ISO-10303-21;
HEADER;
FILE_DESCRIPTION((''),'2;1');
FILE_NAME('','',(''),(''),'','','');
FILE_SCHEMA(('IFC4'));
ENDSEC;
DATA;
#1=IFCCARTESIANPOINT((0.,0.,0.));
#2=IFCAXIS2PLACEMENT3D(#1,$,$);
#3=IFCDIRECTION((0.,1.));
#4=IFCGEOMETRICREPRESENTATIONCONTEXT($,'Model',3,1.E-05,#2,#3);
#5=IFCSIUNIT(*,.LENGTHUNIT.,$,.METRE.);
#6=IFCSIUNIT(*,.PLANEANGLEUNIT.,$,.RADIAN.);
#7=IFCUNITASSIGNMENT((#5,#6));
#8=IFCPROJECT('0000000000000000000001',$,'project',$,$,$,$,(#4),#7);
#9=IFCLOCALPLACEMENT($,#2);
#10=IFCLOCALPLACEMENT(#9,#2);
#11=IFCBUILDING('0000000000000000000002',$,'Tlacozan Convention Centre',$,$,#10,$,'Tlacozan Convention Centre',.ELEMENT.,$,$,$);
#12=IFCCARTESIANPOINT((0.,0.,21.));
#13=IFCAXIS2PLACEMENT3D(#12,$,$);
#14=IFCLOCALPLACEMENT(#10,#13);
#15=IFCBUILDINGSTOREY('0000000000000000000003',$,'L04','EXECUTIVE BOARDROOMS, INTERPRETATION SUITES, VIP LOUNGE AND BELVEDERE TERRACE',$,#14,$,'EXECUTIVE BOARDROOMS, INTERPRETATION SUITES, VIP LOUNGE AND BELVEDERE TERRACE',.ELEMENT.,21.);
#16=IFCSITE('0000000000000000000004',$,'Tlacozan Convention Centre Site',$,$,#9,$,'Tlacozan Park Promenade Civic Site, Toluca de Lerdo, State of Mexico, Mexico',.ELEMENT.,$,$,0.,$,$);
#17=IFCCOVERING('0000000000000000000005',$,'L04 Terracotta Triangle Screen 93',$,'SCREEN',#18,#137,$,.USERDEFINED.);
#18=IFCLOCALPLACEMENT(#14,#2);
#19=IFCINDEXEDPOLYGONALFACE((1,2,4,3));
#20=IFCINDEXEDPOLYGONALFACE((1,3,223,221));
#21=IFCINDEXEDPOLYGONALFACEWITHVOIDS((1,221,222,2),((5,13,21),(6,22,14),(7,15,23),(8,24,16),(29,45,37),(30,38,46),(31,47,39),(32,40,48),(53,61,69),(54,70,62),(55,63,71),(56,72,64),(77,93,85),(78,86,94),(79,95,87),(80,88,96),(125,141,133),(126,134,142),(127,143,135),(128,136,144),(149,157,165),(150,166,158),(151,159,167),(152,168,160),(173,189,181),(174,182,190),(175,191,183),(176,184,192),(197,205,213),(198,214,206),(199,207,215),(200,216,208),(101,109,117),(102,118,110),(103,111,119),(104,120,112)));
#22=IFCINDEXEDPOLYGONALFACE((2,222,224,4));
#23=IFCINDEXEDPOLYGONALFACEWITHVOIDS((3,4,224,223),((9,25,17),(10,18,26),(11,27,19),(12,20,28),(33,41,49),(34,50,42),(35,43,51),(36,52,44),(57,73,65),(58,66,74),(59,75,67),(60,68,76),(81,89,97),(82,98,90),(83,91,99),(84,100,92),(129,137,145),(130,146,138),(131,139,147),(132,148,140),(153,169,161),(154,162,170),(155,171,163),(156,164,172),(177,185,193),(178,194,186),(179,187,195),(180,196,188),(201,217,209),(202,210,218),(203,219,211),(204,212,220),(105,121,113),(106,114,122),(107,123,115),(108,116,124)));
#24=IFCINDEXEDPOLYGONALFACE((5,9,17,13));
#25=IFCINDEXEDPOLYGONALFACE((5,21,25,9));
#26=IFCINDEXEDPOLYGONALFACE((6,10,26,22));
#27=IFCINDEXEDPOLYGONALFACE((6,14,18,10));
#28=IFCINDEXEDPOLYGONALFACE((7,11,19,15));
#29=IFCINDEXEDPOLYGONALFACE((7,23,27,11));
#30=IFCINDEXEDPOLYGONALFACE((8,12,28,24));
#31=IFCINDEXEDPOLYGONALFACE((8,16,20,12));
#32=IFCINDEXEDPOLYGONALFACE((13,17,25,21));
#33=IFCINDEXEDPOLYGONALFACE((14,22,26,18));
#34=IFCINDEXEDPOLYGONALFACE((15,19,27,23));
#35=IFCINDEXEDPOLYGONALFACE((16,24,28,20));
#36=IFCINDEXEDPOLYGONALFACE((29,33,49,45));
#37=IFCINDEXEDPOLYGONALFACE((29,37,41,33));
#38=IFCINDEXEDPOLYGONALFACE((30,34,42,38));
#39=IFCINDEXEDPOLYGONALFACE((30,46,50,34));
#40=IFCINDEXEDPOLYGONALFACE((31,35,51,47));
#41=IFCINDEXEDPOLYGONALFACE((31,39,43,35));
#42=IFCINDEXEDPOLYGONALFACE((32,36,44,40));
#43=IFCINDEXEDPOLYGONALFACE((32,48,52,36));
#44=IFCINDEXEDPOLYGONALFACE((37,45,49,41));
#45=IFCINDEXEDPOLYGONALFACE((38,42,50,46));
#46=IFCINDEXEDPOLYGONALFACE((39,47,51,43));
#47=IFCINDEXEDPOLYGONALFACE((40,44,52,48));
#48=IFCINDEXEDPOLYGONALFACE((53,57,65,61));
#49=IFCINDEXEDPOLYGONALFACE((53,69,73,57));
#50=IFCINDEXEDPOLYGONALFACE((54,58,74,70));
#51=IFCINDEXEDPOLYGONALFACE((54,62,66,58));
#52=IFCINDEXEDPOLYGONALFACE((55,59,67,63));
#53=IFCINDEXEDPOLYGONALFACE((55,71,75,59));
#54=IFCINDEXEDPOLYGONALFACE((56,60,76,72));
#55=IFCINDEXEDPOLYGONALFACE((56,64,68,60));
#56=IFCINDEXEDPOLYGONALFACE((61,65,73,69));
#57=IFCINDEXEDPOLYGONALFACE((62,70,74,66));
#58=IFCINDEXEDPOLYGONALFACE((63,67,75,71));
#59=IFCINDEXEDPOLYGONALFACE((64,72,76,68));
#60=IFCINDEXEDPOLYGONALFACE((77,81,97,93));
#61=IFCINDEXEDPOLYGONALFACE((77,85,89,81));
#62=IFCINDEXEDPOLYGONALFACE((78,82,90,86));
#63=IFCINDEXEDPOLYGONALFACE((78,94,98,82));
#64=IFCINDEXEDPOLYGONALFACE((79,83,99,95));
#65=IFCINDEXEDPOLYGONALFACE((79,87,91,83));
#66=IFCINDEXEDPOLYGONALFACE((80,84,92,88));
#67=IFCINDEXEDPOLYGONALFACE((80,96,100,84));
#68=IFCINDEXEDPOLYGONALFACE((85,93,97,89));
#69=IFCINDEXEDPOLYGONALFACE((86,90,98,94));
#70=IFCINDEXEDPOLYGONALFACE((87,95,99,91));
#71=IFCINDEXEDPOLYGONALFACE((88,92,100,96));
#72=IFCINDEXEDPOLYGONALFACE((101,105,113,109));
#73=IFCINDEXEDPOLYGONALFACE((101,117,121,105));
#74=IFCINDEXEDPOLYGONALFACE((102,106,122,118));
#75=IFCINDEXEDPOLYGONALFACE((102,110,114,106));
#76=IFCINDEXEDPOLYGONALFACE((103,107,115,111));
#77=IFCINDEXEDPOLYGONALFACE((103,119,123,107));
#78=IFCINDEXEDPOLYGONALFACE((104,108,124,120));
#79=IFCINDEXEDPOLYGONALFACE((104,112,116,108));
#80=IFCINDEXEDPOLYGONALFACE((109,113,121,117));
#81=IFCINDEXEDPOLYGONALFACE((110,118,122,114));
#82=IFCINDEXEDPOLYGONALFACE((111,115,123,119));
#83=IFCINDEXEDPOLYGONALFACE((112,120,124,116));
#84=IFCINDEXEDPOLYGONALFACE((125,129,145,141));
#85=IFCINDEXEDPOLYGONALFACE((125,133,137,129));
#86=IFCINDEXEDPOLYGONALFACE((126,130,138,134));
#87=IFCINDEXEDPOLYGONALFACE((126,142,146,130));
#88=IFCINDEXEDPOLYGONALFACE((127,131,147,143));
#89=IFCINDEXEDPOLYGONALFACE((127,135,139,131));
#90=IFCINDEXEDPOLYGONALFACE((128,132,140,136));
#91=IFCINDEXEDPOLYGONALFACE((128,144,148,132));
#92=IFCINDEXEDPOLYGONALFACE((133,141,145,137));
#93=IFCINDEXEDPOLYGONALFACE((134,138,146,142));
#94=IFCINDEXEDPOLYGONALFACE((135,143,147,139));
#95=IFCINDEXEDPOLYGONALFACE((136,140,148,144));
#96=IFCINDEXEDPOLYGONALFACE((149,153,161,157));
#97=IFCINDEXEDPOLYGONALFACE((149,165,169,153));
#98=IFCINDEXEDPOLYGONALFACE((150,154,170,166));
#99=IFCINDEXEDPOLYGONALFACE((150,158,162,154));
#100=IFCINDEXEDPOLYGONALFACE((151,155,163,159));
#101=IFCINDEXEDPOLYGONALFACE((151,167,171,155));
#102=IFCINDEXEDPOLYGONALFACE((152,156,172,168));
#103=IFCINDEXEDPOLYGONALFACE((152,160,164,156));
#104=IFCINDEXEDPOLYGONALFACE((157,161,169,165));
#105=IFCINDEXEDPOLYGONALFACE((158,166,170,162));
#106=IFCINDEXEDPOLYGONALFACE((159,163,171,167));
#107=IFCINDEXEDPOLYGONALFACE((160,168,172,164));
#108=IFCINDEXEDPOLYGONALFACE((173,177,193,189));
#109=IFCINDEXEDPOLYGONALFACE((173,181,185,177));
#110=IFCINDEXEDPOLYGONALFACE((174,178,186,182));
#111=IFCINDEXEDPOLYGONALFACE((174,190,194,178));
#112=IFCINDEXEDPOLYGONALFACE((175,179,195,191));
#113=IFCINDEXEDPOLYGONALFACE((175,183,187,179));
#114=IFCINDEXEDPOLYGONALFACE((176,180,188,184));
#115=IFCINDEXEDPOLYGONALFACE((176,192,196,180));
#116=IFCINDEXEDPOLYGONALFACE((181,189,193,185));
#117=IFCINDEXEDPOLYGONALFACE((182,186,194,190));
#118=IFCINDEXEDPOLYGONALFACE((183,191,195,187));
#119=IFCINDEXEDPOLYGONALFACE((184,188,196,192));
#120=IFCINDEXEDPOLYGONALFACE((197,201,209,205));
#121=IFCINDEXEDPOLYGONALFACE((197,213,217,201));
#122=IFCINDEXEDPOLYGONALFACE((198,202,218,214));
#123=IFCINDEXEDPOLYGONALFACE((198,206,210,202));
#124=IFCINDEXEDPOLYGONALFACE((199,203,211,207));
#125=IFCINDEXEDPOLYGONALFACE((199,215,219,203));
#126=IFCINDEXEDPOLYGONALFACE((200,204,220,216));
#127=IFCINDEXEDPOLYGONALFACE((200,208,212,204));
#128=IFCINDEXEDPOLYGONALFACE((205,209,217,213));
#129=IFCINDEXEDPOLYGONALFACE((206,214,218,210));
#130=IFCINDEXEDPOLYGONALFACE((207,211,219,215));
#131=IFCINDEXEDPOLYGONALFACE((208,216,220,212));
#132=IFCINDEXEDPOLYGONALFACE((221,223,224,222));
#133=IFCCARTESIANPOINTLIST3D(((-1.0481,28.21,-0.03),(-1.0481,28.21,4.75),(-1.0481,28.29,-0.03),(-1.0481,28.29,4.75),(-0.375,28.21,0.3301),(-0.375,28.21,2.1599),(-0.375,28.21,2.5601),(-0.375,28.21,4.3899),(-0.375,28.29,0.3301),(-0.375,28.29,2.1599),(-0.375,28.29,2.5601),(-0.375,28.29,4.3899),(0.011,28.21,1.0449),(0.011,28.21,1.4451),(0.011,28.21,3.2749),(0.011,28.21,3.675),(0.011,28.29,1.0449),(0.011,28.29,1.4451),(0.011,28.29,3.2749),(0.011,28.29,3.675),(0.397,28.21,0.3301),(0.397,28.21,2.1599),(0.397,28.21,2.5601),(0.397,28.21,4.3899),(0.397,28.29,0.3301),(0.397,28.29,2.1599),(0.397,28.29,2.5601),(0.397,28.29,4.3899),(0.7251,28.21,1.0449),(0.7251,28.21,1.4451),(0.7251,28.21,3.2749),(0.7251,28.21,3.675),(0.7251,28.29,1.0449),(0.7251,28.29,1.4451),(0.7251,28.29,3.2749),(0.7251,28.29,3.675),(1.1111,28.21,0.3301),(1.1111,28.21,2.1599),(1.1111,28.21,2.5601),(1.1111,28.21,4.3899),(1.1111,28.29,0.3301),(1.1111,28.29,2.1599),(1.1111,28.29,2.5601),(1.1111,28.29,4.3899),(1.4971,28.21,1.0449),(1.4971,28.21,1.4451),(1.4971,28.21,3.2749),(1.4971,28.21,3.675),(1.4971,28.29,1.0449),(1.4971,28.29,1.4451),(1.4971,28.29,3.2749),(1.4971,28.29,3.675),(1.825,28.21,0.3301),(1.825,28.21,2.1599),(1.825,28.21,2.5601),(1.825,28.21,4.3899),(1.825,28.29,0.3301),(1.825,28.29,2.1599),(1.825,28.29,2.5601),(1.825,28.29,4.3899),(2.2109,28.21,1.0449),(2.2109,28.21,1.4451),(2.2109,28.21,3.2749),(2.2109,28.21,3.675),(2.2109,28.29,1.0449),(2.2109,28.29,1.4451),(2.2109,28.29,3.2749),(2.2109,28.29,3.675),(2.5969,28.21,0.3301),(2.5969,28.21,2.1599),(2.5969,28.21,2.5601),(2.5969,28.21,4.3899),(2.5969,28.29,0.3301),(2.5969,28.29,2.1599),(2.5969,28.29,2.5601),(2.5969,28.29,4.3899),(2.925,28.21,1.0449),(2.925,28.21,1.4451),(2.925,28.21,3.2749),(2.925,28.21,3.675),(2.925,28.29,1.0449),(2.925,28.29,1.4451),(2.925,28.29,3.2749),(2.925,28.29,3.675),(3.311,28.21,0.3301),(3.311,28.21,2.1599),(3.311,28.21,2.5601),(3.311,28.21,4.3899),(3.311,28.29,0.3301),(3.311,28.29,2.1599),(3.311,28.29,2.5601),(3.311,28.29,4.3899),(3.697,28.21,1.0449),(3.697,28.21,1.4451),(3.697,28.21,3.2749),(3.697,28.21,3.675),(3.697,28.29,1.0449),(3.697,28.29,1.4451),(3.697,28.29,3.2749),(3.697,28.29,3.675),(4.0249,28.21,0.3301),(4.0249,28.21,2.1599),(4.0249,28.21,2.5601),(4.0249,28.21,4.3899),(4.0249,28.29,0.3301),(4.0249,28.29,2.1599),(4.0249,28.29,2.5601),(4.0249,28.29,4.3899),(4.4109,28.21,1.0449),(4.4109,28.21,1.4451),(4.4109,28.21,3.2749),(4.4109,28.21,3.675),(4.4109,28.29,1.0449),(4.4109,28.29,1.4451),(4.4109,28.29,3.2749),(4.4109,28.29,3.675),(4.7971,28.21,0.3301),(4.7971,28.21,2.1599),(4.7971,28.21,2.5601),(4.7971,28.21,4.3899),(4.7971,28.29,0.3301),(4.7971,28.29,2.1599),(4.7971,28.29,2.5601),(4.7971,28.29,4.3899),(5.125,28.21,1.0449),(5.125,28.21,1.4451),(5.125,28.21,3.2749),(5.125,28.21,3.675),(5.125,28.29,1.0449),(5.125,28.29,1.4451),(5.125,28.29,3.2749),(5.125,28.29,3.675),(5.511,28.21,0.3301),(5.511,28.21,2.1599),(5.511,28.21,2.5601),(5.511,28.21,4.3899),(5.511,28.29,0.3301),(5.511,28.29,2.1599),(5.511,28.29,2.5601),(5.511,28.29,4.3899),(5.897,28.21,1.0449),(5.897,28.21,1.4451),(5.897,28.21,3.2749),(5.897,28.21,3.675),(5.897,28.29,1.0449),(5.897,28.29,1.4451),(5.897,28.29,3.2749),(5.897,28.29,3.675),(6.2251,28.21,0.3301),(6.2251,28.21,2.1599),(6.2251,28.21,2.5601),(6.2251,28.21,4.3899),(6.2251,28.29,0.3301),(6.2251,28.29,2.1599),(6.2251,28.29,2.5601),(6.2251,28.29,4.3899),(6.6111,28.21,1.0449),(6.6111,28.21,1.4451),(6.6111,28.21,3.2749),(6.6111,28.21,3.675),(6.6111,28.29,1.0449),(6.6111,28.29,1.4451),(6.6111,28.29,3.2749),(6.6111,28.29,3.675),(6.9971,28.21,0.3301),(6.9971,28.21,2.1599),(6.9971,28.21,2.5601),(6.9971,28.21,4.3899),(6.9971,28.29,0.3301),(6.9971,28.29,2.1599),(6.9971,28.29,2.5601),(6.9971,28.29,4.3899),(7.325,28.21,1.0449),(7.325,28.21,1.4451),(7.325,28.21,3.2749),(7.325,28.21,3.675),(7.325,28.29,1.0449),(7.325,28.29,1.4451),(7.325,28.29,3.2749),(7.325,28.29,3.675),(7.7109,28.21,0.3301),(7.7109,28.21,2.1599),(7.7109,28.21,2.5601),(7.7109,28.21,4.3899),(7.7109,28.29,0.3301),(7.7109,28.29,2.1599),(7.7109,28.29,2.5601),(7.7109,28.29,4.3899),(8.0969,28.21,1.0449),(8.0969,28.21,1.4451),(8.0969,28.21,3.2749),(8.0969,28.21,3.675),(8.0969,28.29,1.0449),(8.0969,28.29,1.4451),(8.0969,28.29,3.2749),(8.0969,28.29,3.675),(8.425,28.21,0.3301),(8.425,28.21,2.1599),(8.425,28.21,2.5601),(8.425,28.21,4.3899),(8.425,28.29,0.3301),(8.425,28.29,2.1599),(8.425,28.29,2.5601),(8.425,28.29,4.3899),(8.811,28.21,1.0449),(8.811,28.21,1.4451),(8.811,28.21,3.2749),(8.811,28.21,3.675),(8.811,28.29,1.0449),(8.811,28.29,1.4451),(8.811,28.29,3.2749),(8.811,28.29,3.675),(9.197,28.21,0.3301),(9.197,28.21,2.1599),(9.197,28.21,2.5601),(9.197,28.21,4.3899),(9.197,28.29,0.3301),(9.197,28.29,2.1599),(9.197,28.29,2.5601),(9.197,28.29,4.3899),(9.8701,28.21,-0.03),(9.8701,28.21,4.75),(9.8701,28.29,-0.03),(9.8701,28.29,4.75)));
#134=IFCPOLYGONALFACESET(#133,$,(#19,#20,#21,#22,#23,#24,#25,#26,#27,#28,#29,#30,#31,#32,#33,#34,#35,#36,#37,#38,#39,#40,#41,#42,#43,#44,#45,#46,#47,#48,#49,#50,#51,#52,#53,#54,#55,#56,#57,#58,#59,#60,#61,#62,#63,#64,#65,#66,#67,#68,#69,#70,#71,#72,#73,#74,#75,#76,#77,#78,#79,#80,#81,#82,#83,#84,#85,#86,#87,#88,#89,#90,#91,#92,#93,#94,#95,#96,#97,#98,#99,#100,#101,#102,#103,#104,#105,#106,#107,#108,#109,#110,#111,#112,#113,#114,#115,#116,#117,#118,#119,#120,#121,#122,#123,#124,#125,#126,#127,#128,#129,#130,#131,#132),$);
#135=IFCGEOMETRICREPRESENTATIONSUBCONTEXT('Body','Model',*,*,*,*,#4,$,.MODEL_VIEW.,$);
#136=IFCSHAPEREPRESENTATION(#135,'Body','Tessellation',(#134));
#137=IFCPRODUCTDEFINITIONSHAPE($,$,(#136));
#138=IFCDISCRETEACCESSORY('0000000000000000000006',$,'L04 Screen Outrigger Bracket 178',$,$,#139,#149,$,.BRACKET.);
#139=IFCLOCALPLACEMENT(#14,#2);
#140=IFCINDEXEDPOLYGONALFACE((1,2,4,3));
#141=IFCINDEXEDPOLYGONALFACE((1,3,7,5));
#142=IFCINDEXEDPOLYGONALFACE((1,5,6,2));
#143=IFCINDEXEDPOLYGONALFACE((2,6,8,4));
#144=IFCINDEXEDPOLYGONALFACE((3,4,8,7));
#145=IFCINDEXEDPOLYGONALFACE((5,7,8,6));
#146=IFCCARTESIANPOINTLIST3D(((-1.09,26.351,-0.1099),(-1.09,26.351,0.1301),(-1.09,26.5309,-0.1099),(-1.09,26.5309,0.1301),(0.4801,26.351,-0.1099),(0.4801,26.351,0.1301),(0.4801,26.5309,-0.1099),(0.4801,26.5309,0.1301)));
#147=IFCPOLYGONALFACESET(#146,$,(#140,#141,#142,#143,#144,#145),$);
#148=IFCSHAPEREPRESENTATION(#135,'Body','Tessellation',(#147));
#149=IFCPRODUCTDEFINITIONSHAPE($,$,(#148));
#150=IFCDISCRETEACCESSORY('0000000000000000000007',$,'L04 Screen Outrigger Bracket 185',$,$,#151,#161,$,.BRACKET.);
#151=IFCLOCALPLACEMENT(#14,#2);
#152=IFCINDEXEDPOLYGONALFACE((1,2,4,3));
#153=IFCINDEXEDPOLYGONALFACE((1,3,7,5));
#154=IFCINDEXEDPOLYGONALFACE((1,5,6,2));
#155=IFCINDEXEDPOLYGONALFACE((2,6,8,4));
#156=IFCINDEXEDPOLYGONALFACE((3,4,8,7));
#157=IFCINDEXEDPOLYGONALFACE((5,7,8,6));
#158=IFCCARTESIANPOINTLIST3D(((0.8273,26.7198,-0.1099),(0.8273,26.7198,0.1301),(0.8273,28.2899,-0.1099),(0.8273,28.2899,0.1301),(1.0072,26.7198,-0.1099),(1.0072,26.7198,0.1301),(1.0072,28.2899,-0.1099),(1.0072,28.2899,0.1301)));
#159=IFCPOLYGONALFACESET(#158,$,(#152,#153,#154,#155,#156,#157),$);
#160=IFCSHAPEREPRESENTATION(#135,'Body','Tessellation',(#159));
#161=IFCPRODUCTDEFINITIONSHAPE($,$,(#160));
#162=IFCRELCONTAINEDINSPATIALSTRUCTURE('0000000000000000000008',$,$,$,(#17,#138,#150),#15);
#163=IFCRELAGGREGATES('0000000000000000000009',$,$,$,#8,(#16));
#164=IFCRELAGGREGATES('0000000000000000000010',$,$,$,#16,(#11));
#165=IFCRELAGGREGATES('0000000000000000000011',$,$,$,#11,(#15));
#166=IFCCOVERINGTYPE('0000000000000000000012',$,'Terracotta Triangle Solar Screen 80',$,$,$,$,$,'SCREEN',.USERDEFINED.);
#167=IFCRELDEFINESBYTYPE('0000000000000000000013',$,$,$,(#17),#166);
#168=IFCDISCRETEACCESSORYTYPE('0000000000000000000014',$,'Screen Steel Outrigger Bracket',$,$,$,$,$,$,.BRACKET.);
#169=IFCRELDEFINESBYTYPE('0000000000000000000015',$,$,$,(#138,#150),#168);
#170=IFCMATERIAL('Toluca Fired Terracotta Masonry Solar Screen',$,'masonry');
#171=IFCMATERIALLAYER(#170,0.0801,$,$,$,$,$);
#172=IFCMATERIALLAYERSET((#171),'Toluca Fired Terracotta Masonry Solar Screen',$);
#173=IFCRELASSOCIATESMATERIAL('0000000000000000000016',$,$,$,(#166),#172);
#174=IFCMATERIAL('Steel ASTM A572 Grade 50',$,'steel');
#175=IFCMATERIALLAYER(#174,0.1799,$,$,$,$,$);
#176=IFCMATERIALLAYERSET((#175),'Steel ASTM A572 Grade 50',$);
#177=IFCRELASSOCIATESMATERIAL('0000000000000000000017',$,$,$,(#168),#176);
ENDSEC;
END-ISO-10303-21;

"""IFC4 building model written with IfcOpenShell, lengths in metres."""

from ifc_helpers import new_model, si_unit, direction, frame, origin, origin_2d, place, context, subcontext, project, spatial, polyline, rectangle, outline, extrude, material, layer, layer_set, type_object, element, save


model = new_model("IFC4")

# Units and contexts
model_context = context("Model", 3, precision=1e-05, world=origin(), true_north=direction((0.0, 1.0)))
body_context = subcontext(model_context, "Body", "Model", "MODEL_VIEW")
ifc_project = project(units=[si_unit("LENGTHUNIT", "METRE"), si_unit("PLANEANGLEUNIT", "RADIAN")], contexts=[model_context])

# Site, building, storey
site_placement = place(None, origin())
site = spatial("IfcSite", under=ifc_project, at=site_placement, Name="Tlacozan Convention Centre Site", LongName="Tlacozan Park Promenade Civic Site, Toluca de Lerdo, State of Mexico, Mexico", CompositionType="ELEMENT", RefElevation=0.0)
building_placement = place(site_placement, origin())
building = spatial("IfcBuilding", under=site, at=building_placement, Name="Tlacozan Convention Centre", LongName="Tlacozan Convention Centre", CompositionType="ELEMENT")
storey_placement = place(building_placement, frame((0.0, 0.0, 21.0)))
storey = spatial("IfcBuildingStorey", under=building, at=storey_placement, Name="L04", Description="EXECUTIVE BOARDROOMS, INTERPRETATION SUITES, VIP LOUNGE AND BELVEDERE TERRACE", LongName="EXECUTIVE BOARDROOMS, INTERPRETATION SUITES, VIP LOUNGE AND BELVEDERE TERRACE", CompositionType="ELEMENT", Elevation=21.0)

# Covering
ifc_material_1 = material(Name="Toluca Fired Terracotta Masonry Solar Screen", Category="masonry")
ifc_layer_1 = layer(ifc_material_1, 0.0801)
ifc_layer_set_1 = layer_set([ifc_layer_1], Name="Toluca Fired Terracotta Masonry Solar Screen")
covering_type = type_object("IfcCoveringType", Name="Terracotta Triangle Solar Screen 80", ElementType="SCREEN", PredefinedType="USERDEFINED", material=ifc_layer_set_1)
covering_placement = place(storey_placement, frame((-1.0481, 28.25, -0.03), z_axis=(0.0, 0.0, 1.0), x_axis=(1.0, 0.0, 0.0)))
element("IfcCovering", 1, at=covering_placement, inside=storey, type_object=covering_type, Name="L04 Terracotta Triangle Screen 93", ObjectType="SCREEN", PredefinedType="USERDEFINED", context=body_context, shape_type="SweptSolid", body=[
    extrude(outline(polyline([(0.0, 0.0), (10.9182, 0.0), (10.9182, 4.78), (0.0, 4.78), (0.0, 0.0)]), holes=[polyline([(0.6731, 0.3601), (1.4451, 0.3601), (1.0591, 1.075), (0.6731, 0.3601)]), polyline([(1.7732, 1.075), (2.5452, 1.075), (2.1592, 0.3601), (1.7732, 1.075)]), polyline([(2.873, 0.3601), (3.645, 0.3601), (3.259, 1.075), (2.873, 0.3601)]), polyline([(3.9731, 1.075), (4.7451, 1.075), (4.3591, 0.3601), (3.9731, 1.075)]), polyline([(5.073, 0.3601), (5.8452, 0.3601), (5.459, 1.075), (5.073, 0.3601)]), polyline([(6.1731, 1.075), (6.9451, 1.075), (6.5591, 0.3601), (6.1731, 1.075)]), polyline([(7.2732, 0.3601), (8.0452, 0.3601), (7.6592, 1.075), (7.2732, 0.3601)]), polyline([(8.373, 1.075), (9.145, 1.075), (8.759, 0.3601), (8.373, 1.075)]), polyline([(9.4731, 0.3601), (10.2451, 0.3601), (9.8591, 1.075), (9.4731, 0.3601)]), polyline([(0.6731, 2.1899), (1.4451, 2.1899), (1.0591, 1.4751), (0.6731, 2.1899)]), polyline([(1.7732, 1.4751), (2.5452, 1.4751), (2.1592, 2.1899), (1.7732, 1.4751)]), polyline([(2.873, 2.1899), (3.645, 2.1899), (3.259, 1.4751), (2.873, 2.1899)]), polyline([(3.9731, 1.4751), (4.7451, 1.4751), (4.3591, 2.1899), (3.9731, 1.4751)]), polyline([(5.073, 2.1899), (5.8452, 2.1899), (5.459, 1.4751), (5.073, 2.1899)]), polyline([(6.1731, 1.4751), (6.9451, 1.4751), (6.5591, 2.1899), (6.1731, 1.4751)]), polyline([(7.2732, 2.1899), (8.0452, 2.1899), (7.6592, 1.4751), (7.2732, 2.1899)]), polyline([(8.373, 1.4751), (9.145, 1.4751), (8.759, 2.1899), (8.373, 1.4751)]), polyline([(9.4731, 2.1899), (10.2451, 2.1899), (9.8591, 1.4751), (9.4731, 2.1899)]), polyline([(0.6731, 2.5901), (1.4451, 2.5901), (1.0591, 3.3049), (0.6731, 2.5901)]), polyline([(1.7732, 3.3049), (2.5452, 3.3049), (2.1592, 2.5901), (1.7732, 3.3049)]), polyline([(2.873, 2.5901), (3.645, 2.5901), (3.259, 3.3049), (2.873, 2.5901)]), polyline([(3.9731, 3.3049), (4.7451, 3.3049), (4.3591, 2.5901), (3.9731, 3.3049)]), polyline([(5.073, 2.5901), (5.8452, 2.5901), (5.459, 3.3049), (5.073, 2.5901)]), polyline([(6.1731, 3.3049), (6.9451, 3.3049), (6.5591, 2.5901), (6.1731, 3.3049)]), polyline([(7.2732, 2.5901), (8.0452, 2.5901), (7.6592, 3.3049), (7.2732, 2.5901)]), polyline([(8.373, 3.3049), (9.145, 3.3049), (8.759, 2.5901), (8.373, 3.3049)]), polyline([(9.4731, 2.5901), (10.2451, 2.5901), (9.8591, 3.3049), (9.4731, 2.5901)]), polyline([(0.6731, 4.4199), (1.4451, 4.4199), (1.0591, 3.7051), (0.6731, 4.4199)]), polyline([(1.7732, 3.7051), (2.5452, 3.7051), (2.1592, 4.4199), (1.7732, 3.7051)]), polyline([(2.873, 4.4199), (3.645, 4.4199), (3.259, 3.7051), (2.873, 4.4199)]), polyline([(3.9731, 3.7051), (4.7451, 3.7051), (4.3591, 4.4199), (3.9731, 3.7051)]), polyline([(5.073, 4.4199), (5.8452, 4.4199), (5.459, 3.7051), (5.073, 4.4199)]), polyline([(6.1731, 3.7051), (6.9451, 3.7051), (6.5591, 4.4199), (6.1731, 3.7051)]), polyline([(7.2732, 4.4199), (8.0452, 4.4199), (7.6592, 3.7051), (7.2732, 4.4199)]), polyline([(8.373, 3.7051), (9.145, 3.7051), (8.759, 4.4199), (8.373, 3.7051)]), polyline([(9.4731, 4.4199), (10.2451, 4.4199), (9.8591, 3.7051), (9.4731, 4.4199)])]), frame((0.0, 0.04, 0.0), z_axis=(0.0, -1.0, 0.0), x_axis=(1.0, 0.0, 0.0)), (0.0, 0.0, 1.0), 0.0801),
])

# Discrete accessories
ifc_material_2 = material(Name="Steel ASTM A572 Grade 50", Category="steel")
ifc_layer_2 = layer(ifc_material_2, 0.1799)
ifc_layer_set_2 = layer_set([ifc_layer_2], Name="Steel ASTM A572 Grade 50")
discrete_accessory_type = type_object("IfcDiscreteAccessoryType", Name="Screen Steel Outrigger Bracket", PredefinedType="BRACKET", material=ifc_layer_set_2)
for number, where, z_axis, x_axis, name in (
    (2, (-0.3049, 26.4409, -0.1099), (0.0, 0.0, 1.0), (1.0, 0.0, 0.0), "L04 Screen Outrigger Bracket 178"),
    (3, (0.9172, 27.5049, -0.1099), (0.0, 0.0, 1.0), (0.0, -1.0, 0.0), "L04 Screen Outrigger Bracket 185"),
):
    element("IfcDiscreteAccessory", number, at=place(storey_placement, frame(where, z_axis=z_axis, x_axis=x_axis)), inside=storey, type_object=discrete_accessory_type, Name=name, PredefinedType="BRACKET", context=body_context, shape_type="SweptSolid", body=[
        extrude(rectangle(XDim=1.5701, YDim=0.1799, at=origin_2d()), origin(), (0.0, 0.0, 1.0), 0.24),
    ])

save(model, "model.ifc")
